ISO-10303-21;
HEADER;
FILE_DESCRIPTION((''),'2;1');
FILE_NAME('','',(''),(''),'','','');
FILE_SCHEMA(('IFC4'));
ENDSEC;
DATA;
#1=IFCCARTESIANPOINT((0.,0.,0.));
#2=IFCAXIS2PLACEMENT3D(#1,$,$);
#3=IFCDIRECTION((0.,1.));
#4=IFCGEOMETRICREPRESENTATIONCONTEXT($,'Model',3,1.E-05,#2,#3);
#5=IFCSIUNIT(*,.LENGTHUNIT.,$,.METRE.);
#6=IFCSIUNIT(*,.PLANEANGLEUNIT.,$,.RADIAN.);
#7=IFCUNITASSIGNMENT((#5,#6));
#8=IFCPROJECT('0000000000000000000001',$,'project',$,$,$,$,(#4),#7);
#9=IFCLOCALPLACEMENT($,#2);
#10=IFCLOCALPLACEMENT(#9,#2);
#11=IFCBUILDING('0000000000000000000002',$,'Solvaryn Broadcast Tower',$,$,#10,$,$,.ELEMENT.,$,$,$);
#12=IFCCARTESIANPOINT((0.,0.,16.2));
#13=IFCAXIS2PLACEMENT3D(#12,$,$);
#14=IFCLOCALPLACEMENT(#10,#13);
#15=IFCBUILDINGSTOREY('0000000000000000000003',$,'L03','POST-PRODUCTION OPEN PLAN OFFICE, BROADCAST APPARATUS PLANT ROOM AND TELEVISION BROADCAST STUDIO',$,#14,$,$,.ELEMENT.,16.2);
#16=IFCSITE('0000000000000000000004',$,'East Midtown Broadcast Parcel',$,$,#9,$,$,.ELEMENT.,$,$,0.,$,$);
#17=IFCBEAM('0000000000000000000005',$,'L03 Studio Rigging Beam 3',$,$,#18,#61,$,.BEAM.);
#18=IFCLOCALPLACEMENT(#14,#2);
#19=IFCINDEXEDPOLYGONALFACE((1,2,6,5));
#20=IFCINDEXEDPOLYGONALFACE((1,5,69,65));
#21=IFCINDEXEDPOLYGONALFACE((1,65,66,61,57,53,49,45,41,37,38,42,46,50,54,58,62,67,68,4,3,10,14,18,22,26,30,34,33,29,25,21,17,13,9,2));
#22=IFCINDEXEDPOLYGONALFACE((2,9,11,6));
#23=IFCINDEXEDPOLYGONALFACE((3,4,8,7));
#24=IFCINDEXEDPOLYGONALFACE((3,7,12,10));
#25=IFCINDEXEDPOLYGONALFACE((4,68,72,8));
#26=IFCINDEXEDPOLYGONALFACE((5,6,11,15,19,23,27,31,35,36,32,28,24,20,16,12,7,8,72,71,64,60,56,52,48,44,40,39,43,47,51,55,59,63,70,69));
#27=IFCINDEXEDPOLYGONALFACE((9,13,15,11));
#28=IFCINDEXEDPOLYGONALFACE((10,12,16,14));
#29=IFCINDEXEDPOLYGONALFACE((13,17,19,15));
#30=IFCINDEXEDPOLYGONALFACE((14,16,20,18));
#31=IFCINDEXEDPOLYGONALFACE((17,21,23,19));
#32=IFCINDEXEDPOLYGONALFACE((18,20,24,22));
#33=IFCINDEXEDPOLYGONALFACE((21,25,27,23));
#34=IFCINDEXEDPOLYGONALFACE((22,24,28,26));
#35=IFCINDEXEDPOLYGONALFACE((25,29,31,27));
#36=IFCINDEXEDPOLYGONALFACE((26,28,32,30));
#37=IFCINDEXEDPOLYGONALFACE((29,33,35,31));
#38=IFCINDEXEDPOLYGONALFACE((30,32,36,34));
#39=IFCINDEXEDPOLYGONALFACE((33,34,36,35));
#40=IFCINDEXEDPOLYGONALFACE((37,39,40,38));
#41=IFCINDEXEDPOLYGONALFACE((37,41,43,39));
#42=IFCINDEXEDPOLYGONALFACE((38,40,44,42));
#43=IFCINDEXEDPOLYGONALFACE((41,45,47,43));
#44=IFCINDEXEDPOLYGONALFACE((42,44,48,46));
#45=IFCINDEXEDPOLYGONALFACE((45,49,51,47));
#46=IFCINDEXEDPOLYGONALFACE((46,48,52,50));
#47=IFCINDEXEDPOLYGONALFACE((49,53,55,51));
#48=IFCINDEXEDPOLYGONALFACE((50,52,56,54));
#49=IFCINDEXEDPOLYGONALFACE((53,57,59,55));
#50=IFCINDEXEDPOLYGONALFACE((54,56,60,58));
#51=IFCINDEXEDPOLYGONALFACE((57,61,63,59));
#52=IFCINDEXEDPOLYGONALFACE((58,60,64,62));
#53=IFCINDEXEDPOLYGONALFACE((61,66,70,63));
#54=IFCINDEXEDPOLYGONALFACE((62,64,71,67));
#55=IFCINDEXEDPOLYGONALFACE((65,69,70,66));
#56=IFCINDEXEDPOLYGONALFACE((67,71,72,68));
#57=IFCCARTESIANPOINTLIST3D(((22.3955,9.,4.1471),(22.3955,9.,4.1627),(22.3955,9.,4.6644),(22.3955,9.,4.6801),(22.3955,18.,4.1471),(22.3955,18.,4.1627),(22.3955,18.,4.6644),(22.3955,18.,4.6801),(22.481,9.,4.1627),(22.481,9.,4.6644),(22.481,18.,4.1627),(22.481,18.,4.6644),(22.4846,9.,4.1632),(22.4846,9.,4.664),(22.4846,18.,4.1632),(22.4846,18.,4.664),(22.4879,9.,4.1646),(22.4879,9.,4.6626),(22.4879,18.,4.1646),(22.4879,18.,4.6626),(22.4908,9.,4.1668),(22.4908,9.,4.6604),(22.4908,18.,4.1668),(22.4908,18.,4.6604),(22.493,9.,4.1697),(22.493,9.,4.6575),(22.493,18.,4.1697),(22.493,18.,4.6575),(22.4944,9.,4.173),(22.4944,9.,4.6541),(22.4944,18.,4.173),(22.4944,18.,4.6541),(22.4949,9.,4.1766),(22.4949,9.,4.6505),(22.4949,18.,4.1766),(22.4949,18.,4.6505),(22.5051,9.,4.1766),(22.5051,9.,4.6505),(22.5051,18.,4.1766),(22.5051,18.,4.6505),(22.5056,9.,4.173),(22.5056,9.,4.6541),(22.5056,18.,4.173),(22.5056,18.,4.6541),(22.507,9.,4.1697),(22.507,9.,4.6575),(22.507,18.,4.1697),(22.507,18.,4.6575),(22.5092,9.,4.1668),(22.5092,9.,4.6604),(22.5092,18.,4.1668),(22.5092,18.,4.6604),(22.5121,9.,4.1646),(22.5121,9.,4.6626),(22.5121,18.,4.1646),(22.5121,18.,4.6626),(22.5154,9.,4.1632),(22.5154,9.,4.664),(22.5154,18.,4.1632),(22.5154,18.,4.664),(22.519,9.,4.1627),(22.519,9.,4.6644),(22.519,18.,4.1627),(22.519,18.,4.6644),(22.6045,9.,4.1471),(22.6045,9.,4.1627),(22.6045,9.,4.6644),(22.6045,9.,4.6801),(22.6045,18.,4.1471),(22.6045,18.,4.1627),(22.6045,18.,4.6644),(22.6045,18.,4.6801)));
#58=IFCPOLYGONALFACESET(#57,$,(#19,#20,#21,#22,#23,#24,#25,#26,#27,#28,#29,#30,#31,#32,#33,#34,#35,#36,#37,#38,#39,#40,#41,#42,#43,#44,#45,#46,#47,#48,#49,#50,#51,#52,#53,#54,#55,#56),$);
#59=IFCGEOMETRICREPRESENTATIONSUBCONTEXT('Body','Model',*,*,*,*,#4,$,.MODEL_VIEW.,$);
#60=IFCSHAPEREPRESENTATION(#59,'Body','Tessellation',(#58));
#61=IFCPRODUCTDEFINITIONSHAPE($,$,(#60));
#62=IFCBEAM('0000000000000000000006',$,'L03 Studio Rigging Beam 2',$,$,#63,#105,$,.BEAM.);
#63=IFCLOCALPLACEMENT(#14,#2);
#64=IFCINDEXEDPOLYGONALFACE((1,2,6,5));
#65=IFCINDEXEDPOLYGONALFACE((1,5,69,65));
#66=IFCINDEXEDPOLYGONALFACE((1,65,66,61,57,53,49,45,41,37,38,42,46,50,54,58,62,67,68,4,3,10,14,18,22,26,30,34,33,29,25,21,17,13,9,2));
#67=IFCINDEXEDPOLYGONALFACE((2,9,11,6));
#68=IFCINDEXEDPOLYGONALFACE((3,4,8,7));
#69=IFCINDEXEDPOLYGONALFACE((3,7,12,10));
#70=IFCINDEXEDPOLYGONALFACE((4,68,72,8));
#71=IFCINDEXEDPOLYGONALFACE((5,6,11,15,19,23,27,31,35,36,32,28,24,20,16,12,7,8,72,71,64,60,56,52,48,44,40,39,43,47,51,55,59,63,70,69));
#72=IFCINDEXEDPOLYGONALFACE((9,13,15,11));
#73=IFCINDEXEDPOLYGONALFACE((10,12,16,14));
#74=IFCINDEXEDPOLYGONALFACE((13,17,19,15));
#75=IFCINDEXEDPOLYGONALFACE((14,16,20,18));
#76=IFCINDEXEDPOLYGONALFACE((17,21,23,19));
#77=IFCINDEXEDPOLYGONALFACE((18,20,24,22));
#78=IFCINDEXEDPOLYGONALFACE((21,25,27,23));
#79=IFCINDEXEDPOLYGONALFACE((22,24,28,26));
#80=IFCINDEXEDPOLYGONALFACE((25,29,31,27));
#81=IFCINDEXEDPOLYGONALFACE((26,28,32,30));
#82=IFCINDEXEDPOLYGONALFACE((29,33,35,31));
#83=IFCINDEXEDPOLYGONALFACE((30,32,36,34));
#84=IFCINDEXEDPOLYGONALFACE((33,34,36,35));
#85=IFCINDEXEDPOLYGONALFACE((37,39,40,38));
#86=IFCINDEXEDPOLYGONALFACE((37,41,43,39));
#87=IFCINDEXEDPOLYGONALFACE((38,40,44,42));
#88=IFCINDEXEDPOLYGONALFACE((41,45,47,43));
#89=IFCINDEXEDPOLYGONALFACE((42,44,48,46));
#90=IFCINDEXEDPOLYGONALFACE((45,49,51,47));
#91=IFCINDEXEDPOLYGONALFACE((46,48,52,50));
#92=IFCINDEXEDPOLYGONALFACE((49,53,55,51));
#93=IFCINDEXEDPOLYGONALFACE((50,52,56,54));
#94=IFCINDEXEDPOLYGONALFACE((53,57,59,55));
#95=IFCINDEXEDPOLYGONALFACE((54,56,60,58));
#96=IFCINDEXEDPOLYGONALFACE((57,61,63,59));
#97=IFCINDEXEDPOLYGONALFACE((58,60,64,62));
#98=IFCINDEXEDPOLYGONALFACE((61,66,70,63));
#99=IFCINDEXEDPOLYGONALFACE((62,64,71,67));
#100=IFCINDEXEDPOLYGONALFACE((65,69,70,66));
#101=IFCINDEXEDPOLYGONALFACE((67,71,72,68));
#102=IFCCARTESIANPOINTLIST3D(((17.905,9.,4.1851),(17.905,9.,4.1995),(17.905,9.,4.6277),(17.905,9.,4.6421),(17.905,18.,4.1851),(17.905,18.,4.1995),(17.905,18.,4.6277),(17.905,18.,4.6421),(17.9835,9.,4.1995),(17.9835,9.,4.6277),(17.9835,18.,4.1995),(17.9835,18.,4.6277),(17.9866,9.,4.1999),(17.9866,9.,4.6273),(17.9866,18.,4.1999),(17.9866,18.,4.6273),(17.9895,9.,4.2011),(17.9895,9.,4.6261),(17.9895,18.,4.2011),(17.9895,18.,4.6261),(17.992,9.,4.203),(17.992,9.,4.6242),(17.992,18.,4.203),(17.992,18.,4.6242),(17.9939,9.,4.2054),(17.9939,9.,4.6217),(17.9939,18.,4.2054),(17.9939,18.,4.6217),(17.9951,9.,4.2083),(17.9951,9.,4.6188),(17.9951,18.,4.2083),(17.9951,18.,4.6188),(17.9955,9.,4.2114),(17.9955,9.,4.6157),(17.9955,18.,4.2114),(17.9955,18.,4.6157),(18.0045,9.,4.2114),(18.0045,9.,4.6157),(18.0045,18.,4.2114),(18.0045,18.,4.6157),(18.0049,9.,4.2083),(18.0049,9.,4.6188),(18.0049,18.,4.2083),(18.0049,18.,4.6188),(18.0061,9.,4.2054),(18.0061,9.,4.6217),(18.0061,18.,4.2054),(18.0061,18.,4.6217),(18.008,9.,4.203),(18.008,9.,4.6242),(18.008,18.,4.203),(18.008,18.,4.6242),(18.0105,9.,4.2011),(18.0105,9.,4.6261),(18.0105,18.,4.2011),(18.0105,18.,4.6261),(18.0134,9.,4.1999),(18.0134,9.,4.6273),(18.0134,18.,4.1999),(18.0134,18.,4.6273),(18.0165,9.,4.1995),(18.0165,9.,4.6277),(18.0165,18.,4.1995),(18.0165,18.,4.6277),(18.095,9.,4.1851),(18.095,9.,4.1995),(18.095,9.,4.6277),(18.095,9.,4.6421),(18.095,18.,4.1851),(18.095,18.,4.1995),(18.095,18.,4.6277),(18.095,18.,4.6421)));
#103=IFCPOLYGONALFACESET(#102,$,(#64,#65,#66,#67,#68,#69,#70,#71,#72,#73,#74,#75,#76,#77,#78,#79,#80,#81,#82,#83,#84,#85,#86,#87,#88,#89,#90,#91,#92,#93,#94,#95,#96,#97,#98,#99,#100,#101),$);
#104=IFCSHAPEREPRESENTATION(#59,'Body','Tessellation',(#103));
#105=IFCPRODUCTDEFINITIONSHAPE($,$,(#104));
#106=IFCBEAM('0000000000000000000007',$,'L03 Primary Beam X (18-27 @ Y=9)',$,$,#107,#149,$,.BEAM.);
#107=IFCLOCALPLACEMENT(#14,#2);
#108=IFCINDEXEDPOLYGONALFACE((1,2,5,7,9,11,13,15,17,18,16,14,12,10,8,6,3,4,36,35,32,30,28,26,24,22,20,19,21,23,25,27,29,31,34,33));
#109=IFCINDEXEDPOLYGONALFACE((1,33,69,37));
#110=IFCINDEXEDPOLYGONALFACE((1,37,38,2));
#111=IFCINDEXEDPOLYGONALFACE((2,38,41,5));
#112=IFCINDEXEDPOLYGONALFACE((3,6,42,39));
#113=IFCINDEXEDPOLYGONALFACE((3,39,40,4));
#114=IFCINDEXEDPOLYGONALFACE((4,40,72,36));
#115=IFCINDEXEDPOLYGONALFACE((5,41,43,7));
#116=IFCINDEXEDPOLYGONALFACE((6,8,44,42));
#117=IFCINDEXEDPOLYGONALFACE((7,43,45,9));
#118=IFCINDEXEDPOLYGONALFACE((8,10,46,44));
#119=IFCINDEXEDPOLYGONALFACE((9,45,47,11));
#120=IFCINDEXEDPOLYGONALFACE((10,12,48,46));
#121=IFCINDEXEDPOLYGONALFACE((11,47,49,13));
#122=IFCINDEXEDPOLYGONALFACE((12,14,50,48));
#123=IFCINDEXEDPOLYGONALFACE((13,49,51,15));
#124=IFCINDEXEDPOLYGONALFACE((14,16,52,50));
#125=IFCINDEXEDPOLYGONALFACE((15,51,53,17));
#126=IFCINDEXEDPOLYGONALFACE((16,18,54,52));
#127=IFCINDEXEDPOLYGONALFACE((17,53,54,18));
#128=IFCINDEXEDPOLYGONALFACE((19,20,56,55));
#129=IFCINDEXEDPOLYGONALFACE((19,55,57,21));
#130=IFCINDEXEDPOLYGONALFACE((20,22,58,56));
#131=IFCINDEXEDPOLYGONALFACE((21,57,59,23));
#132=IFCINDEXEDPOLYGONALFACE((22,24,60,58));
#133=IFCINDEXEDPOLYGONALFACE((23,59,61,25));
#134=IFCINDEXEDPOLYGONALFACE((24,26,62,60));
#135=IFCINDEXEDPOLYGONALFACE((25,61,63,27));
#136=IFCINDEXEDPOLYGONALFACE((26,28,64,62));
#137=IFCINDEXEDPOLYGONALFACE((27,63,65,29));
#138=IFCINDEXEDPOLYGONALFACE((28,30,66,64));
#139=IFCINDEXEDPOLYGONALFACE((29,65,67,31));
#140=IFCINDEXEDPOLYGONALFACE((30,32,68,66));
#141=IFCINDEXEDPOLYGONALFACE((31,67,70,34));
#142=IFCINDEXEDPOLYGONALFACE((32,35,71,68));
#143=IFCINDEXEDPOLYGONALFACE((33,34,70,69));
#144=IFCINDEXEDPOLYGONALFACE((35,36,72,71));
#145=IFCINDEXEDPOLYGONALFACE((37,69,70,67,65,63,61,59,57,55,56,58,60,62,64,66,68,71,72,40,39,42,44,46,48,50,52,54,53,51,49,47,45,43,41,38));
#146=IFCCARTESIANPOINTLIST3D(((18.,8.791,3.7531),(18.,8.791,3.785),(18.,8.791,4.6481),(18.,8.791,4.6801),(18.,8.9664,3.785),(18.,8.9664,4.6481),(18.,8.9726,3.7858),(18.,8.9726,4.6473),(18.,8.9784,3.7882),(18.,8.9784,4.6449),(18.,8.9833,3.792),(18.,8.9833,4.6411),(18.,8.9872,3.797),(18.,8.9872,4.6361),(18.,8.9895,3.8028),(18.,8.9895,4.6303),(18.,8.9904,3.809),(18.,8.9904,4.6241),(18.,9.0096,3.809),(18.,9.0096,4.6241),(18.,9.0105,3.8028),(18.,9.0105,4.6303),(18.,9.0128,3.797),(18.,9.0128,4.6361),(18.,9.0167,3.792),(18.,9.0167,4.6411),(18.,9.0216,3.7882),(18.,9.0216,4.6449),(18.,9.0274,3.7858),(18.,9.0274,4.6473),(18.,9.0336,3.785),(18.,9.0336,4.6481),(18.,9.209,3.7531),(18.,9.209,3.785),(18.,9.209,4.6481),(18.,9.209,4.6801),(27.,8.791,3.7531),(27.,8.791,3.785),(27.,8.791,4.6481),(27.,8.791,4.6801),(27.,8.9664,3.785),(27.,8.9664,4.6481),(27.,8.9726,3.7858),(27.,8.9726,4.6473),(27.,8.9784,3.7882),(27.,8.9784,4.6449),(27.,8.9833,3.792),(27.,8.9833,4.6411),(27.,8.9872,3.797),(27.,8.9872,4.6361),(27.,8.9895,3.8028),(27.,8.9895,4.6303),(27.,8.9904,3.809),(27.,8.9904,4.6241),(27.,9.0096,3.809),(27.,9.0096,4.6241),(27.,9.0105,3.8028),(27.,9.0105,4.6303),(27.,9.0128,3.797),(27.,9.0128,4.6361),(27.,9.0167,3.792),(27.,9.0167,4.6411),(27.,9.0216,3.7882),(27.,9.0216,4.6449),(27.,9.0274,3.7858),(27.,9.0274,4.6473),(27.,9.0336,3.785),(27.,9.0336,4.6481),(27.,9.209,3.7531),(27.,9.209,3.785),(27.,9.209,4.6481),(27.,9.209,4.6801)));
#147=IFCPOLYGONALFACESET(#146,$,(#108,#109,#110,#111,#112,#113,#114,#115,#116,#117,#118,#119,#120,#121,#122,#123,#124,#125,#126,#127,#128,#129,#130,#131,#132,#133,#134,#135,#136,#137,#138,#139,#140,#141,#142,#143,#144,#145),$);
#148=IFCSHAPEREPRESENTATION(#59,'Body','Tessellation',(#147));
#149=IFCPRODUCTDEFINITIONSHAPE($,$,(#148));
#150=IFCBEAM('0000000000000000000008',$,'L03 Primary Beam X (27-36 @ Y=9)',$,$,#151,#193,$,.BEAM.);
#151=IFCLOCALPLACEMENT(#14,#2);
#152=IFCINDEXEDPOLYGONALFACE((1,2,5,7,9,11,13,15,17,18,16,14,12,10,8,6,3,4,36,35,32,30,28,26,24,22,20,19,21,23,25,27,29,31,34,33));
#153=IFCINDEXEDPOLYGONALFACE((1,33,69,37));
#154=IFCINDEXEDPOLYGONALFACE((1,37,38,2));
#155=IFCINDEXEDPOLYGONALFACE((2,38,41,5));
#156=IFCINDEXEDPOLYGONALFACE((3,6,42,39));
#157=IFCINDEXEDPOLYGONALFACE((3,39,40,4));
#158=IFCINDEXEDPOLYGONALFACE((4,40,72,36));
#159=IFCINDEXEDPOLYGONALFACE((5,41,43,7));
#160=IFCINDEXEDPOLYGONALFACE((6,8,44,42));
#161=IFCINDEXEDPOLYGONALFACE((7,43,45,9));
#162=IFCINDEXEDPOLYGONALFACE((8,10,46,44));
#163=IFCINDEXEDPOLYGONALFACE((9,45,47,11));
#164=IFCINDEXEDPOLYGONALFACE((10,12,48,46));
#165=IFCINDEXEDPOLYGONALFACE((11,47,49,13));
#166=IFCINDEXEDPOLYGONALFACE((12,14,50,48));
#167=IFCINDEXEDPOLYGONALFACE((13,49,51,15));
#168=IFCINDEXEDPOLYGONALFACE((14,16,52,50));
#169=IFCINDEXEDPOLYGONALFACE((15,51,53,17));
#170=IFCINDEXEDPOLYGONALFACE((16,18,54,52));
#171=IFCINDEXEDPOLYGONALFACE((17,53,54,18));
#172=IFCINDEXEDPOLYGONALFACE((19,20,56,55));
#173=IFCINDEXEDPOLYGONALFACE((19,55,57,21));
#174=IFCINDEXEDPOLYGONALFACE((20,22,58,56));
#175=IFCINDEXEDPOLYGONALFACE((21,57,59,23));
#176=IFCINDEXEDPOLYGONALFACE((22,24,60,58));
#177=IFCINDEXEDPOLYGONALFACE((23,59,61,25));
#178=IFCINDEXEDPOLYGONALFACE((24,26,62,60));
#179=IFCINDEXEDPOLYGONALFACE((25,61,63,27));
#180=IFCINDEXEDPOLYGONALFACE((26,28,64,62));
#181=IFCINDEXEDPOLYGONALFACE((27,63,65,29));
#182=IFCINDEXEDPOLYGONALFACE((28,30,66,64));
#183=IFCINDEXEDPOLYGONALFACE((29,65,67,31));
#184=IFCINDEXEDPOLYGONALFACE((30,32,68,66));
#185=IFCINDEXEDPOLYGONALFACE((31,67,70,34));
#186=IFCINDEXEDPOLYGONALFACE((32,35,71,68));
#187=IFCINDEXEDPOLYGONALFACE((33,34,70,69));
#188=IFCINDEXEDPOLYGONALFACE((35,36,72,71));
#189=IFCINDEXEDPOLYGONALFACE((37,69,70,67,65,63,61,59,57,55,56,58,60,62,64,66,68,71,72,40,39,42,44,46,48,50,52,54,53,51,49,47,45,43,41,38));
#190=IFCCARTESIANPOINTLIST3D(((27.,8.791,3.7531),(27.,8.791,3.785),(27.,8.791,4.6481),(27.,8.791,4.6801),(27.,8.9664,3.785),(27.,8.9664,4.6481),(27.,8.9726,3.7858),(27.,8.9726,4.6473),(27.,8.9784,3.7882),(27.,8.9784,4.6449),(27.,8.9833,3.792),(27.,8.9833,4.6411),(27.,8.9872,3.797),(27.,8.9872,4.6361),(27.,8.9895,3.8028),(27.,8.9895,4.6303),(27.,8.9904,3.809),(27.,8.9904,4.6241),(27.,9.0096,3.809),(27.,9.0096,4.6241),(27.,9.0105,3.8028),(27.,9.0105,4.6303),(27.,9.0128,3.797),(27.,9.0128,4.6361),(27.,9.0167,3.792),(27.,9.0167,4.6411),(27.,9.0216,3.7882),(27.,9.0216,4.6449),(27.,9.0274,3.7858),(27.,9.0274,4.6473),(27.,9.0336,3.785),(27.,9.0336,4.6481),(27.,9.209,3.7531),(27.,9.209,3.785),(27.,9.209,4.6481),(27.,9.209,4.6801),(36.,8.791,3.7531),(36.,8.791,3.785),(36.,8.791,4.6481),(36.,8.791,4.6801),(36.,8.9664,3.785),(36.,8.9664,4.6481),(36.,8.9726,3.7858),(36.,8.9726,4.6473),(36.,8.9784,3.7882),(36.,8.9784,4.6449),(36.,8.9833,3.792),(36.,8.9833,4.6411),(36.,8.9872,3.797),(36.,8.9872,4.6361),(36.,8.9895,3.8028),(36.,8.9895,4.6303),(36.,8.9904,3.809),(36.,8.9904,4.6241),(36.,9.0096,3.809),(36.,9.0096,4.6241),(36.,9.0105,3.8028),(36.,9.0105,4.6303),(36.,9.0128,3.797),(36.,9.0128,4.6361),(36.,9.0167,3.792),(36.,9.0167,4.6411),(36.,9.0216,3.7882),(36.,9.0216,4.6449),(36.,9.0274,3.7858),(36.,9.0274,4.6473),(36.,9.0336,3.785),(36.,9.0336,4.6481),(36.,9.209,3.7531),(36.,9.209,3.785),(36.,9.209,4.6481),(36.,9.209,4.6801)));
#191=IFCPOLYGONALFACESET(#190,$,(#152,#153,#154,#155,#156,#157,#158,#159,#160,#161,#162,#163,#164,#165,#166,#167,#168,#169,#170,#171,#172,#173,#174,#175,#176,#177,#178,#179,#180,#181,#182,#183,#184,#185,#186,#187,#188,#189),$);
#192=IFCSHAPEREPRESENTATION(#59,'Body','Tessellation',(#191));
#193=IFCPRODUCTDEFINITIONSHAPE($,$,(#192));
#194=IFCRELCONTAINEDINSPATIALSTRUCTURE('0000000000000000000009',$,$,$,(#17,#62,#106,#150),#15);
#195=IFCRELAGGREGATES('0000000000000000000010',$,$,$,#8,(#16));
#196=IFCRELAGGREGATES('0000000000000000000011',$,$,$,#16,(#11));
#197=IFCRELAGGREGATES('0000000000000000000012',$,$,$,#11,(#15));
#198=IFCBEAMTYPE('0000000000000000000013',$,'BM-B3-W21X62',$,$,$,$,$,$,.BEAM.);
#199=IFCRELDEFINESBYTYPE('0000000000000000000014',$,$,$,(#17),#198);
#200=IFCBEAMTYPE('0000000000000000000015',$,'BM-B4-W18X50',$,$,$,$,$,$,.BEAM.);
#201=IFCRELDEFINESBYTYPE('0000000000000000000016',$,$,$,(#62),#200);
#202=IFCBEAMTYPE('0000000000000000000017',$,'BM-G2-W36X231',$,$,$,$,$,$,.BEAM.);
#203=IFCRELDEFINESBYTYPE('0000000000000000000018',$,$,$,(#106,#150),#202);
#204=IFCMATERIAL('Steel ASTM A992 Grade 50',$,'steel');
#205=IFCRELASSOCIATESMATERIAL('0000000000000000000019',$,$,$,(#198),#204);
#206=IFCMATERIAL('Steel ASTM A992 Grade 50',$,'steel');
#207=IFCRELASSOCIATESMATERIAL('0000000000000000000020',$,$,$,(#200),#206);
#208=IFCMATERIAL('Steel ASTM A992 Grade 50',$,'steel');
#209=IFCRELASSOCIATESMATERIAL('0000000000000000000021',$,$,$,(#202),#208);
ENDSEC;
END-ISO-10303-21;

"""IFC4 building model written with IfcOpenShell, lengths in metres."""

from ifc_helpers import new_model, si_unit, direction, frame, origin, origin_2d, place, context, subcontext, project, spatial, i_section, extrude, material, material_profile, profile_set, type_object, element, save


model = new_model("IFC4")

# Units and contexts
model_context = context("Model", 3, precision=1e-05, world=origin(), true_north=direction((0.0, 1.0)))
body_context = subcontext(model_context, "Body", "Model", "MODEL_VIEW")
ifc_project = project(units=[si_unit("LENGTHUNIT", "METRE"), si_unit("PLANEANGLEUNIT", "RADIAN")], contexts=[model_context])

# Site, building, storey
site_placement = place(None, origin())
site = spatial("IfcSite", under=ifc_project, at=site_placement, Name="East Midtown Broadcast Parcel", CompositionType="ELEMENT", RefElevation=0.0)
building_placement = place(site_placement, origin())
building = spatial("IfcBuilding", under=site, at=building_placement, Name="Solvaryn Broadcast Tower", CompositionType="ELEMENT")
storey_placement = place(building_placement, frame((0.0, 0.0, 16.2)))
storey = spatial("IfcBuildingStorey", under=building, at=storey_placement, Name="L03", Description="POST-PRODUCTION OPEN PLAN OFFICE, BROADCAST APPARATUS PLANT ROOM AND TELEVISION BROADCAST STUDIO", CompositionType="ELEMENT", Elevation=16.2)

# Beams
ifc_material_1 = material(Name="Steel ASTM A992 Grade 50", Category="steel")
ifc_material_profile_1 = material_profile(ifc_material_1, i_section(OverallWidth=0.209, OverallDepth=0.533, WebThickness=0.0103, FlangeThickness=0.0156, FilletRadius=0.0139, at=origin_2d()))
ifc_profile_set_1 = profile_set([ifc_material_profile_1], Name="Steel ASTM A992 Grade 50")
beam_type_1 = type_object("IfcBeamType", Name="BM-B3-W21X62", PredefinedType="BEAM", material=ifc_profile_set_1)
for number, where, z_axis, x_axis, name in (
    (1, (22.5, 9.0, 4.4136), (0.0, 1.0, 0.0), (-1.0, 0.0, 0.0), "L03 Studio Rigging Beam 3"),
):
    element("IfcBeam", number, at=place(storey_placement, frame(where, z_axis=z_axis, x_axis=x_axis)), inside=storey, type_object=beam_type_1, Name=name, PredefinedType="BEAM", context=body_context, shape_type="SweptSolid", body=[
        extrude(i_section(OverallWidth=0.209, OverallDepth=0.533, WebThickness=0.0103, FlangeThickness=0.0156, FilletRadius=0.0139, at=origin_2d()), origin(), (0.0, 0.0, 1.0), 9.0),
    ])
ifc_material_2 = material(Name="Steel ASTM A992 Grade 50", Category="steel")
ifc_material_profile_2 = material_profile(ifc_material_2, i_section(OverallWidth=0.1899, OverallDepth=0.457, WebThickness=0.009, FlangeThickness=0.0144, FilletRadius=0.012, at=origin_2d()))
ifc_profile_set_2 = profile_set([ifc_material_profile_2], Name="Steel ASTM A992 Grade 50")
beam_type_2 = type_object("IfcBeamType", Name="BM-B4-W18X50", PredefinedType="BEAM", material=ifc_profile_set_2)
beam_1_placement = place(storey_placement, frame((18.0, 9.0, 4.4136), z_axis=(0.0, 1.0, 0.0), x_axis=(-1.0, 0.0, 0.0)))
element("IfcBeam", 2, at=beam_1_placement, inside=storey, type_object=beam_type_2, Name="L03 Studio Rigging Beam 2", PredefinedType="BEAM", context=body_context, shape_type="SweptSolid", body=[
    extrude(i_section(OverallWidth=0.1899, OverallDepth=0.457, WebThickness=0.009, FlangeThickness=0.0144, FilletRadius=0.012, at=origin_2d()), origin(), (0.0, 0.0, 1.0), 9.0),
])
ifc_material_3 = material(Name="Steel ASTM A992 Grade 50", Category="steel")
ifc_material_profile_3 = material_profile(ifc_material_3, i_section(OverallWidth=0.418, OverallDepth=0.927, WebThickness=0.0193, FlangeThickness=0.032, FilletRadius=0.0239, at=origin_2d()))
ifc_profile_set_3 = profile_set([ifc_material_profile_3], Name="Steel ASTM A992 Grade 50")
beam_type_3 = type_object("IfcBeamType", Name="BM-G2-W36X231", PredefinedType="BEAM", material=ifc_profile_set_3)
for number, where, z_axis, x_axis, name in (
    (3, (18.0, 9.0, 4.2166), (1.0, 0.0, 0.0), (0.0, 1.0, 0.0), "L03 Primary Beam X (18-27 @ Y=9)"),
    (4, (27.0, 9.0, 4.2166), (1.0, 0.0, 0.0), (0.0, 1.0, 0.0), "L03 Primary Beam X (27-36 @ Y=9)"),
):
    element("IfcBeam", number, at=place(storey_placement, frame(where, z_axis=z_axis, x_axis=x_axis)), inside=storey, type_object=beam_type_3, Name=name, PredefinedType="BEAM", context=body_context, shape_type="SweptSolid", body=[
        extrude(i_section(OverallWidth=0.418, OverallDepth=0.927, WebThickness=0.0193, FlangeThickness=0.032, FilletRadius=0.0239, at=origin_2d()), origin(), (0.0, 0.0, 1.0), 9.0),
    ])

save(model, "model.ifc")
